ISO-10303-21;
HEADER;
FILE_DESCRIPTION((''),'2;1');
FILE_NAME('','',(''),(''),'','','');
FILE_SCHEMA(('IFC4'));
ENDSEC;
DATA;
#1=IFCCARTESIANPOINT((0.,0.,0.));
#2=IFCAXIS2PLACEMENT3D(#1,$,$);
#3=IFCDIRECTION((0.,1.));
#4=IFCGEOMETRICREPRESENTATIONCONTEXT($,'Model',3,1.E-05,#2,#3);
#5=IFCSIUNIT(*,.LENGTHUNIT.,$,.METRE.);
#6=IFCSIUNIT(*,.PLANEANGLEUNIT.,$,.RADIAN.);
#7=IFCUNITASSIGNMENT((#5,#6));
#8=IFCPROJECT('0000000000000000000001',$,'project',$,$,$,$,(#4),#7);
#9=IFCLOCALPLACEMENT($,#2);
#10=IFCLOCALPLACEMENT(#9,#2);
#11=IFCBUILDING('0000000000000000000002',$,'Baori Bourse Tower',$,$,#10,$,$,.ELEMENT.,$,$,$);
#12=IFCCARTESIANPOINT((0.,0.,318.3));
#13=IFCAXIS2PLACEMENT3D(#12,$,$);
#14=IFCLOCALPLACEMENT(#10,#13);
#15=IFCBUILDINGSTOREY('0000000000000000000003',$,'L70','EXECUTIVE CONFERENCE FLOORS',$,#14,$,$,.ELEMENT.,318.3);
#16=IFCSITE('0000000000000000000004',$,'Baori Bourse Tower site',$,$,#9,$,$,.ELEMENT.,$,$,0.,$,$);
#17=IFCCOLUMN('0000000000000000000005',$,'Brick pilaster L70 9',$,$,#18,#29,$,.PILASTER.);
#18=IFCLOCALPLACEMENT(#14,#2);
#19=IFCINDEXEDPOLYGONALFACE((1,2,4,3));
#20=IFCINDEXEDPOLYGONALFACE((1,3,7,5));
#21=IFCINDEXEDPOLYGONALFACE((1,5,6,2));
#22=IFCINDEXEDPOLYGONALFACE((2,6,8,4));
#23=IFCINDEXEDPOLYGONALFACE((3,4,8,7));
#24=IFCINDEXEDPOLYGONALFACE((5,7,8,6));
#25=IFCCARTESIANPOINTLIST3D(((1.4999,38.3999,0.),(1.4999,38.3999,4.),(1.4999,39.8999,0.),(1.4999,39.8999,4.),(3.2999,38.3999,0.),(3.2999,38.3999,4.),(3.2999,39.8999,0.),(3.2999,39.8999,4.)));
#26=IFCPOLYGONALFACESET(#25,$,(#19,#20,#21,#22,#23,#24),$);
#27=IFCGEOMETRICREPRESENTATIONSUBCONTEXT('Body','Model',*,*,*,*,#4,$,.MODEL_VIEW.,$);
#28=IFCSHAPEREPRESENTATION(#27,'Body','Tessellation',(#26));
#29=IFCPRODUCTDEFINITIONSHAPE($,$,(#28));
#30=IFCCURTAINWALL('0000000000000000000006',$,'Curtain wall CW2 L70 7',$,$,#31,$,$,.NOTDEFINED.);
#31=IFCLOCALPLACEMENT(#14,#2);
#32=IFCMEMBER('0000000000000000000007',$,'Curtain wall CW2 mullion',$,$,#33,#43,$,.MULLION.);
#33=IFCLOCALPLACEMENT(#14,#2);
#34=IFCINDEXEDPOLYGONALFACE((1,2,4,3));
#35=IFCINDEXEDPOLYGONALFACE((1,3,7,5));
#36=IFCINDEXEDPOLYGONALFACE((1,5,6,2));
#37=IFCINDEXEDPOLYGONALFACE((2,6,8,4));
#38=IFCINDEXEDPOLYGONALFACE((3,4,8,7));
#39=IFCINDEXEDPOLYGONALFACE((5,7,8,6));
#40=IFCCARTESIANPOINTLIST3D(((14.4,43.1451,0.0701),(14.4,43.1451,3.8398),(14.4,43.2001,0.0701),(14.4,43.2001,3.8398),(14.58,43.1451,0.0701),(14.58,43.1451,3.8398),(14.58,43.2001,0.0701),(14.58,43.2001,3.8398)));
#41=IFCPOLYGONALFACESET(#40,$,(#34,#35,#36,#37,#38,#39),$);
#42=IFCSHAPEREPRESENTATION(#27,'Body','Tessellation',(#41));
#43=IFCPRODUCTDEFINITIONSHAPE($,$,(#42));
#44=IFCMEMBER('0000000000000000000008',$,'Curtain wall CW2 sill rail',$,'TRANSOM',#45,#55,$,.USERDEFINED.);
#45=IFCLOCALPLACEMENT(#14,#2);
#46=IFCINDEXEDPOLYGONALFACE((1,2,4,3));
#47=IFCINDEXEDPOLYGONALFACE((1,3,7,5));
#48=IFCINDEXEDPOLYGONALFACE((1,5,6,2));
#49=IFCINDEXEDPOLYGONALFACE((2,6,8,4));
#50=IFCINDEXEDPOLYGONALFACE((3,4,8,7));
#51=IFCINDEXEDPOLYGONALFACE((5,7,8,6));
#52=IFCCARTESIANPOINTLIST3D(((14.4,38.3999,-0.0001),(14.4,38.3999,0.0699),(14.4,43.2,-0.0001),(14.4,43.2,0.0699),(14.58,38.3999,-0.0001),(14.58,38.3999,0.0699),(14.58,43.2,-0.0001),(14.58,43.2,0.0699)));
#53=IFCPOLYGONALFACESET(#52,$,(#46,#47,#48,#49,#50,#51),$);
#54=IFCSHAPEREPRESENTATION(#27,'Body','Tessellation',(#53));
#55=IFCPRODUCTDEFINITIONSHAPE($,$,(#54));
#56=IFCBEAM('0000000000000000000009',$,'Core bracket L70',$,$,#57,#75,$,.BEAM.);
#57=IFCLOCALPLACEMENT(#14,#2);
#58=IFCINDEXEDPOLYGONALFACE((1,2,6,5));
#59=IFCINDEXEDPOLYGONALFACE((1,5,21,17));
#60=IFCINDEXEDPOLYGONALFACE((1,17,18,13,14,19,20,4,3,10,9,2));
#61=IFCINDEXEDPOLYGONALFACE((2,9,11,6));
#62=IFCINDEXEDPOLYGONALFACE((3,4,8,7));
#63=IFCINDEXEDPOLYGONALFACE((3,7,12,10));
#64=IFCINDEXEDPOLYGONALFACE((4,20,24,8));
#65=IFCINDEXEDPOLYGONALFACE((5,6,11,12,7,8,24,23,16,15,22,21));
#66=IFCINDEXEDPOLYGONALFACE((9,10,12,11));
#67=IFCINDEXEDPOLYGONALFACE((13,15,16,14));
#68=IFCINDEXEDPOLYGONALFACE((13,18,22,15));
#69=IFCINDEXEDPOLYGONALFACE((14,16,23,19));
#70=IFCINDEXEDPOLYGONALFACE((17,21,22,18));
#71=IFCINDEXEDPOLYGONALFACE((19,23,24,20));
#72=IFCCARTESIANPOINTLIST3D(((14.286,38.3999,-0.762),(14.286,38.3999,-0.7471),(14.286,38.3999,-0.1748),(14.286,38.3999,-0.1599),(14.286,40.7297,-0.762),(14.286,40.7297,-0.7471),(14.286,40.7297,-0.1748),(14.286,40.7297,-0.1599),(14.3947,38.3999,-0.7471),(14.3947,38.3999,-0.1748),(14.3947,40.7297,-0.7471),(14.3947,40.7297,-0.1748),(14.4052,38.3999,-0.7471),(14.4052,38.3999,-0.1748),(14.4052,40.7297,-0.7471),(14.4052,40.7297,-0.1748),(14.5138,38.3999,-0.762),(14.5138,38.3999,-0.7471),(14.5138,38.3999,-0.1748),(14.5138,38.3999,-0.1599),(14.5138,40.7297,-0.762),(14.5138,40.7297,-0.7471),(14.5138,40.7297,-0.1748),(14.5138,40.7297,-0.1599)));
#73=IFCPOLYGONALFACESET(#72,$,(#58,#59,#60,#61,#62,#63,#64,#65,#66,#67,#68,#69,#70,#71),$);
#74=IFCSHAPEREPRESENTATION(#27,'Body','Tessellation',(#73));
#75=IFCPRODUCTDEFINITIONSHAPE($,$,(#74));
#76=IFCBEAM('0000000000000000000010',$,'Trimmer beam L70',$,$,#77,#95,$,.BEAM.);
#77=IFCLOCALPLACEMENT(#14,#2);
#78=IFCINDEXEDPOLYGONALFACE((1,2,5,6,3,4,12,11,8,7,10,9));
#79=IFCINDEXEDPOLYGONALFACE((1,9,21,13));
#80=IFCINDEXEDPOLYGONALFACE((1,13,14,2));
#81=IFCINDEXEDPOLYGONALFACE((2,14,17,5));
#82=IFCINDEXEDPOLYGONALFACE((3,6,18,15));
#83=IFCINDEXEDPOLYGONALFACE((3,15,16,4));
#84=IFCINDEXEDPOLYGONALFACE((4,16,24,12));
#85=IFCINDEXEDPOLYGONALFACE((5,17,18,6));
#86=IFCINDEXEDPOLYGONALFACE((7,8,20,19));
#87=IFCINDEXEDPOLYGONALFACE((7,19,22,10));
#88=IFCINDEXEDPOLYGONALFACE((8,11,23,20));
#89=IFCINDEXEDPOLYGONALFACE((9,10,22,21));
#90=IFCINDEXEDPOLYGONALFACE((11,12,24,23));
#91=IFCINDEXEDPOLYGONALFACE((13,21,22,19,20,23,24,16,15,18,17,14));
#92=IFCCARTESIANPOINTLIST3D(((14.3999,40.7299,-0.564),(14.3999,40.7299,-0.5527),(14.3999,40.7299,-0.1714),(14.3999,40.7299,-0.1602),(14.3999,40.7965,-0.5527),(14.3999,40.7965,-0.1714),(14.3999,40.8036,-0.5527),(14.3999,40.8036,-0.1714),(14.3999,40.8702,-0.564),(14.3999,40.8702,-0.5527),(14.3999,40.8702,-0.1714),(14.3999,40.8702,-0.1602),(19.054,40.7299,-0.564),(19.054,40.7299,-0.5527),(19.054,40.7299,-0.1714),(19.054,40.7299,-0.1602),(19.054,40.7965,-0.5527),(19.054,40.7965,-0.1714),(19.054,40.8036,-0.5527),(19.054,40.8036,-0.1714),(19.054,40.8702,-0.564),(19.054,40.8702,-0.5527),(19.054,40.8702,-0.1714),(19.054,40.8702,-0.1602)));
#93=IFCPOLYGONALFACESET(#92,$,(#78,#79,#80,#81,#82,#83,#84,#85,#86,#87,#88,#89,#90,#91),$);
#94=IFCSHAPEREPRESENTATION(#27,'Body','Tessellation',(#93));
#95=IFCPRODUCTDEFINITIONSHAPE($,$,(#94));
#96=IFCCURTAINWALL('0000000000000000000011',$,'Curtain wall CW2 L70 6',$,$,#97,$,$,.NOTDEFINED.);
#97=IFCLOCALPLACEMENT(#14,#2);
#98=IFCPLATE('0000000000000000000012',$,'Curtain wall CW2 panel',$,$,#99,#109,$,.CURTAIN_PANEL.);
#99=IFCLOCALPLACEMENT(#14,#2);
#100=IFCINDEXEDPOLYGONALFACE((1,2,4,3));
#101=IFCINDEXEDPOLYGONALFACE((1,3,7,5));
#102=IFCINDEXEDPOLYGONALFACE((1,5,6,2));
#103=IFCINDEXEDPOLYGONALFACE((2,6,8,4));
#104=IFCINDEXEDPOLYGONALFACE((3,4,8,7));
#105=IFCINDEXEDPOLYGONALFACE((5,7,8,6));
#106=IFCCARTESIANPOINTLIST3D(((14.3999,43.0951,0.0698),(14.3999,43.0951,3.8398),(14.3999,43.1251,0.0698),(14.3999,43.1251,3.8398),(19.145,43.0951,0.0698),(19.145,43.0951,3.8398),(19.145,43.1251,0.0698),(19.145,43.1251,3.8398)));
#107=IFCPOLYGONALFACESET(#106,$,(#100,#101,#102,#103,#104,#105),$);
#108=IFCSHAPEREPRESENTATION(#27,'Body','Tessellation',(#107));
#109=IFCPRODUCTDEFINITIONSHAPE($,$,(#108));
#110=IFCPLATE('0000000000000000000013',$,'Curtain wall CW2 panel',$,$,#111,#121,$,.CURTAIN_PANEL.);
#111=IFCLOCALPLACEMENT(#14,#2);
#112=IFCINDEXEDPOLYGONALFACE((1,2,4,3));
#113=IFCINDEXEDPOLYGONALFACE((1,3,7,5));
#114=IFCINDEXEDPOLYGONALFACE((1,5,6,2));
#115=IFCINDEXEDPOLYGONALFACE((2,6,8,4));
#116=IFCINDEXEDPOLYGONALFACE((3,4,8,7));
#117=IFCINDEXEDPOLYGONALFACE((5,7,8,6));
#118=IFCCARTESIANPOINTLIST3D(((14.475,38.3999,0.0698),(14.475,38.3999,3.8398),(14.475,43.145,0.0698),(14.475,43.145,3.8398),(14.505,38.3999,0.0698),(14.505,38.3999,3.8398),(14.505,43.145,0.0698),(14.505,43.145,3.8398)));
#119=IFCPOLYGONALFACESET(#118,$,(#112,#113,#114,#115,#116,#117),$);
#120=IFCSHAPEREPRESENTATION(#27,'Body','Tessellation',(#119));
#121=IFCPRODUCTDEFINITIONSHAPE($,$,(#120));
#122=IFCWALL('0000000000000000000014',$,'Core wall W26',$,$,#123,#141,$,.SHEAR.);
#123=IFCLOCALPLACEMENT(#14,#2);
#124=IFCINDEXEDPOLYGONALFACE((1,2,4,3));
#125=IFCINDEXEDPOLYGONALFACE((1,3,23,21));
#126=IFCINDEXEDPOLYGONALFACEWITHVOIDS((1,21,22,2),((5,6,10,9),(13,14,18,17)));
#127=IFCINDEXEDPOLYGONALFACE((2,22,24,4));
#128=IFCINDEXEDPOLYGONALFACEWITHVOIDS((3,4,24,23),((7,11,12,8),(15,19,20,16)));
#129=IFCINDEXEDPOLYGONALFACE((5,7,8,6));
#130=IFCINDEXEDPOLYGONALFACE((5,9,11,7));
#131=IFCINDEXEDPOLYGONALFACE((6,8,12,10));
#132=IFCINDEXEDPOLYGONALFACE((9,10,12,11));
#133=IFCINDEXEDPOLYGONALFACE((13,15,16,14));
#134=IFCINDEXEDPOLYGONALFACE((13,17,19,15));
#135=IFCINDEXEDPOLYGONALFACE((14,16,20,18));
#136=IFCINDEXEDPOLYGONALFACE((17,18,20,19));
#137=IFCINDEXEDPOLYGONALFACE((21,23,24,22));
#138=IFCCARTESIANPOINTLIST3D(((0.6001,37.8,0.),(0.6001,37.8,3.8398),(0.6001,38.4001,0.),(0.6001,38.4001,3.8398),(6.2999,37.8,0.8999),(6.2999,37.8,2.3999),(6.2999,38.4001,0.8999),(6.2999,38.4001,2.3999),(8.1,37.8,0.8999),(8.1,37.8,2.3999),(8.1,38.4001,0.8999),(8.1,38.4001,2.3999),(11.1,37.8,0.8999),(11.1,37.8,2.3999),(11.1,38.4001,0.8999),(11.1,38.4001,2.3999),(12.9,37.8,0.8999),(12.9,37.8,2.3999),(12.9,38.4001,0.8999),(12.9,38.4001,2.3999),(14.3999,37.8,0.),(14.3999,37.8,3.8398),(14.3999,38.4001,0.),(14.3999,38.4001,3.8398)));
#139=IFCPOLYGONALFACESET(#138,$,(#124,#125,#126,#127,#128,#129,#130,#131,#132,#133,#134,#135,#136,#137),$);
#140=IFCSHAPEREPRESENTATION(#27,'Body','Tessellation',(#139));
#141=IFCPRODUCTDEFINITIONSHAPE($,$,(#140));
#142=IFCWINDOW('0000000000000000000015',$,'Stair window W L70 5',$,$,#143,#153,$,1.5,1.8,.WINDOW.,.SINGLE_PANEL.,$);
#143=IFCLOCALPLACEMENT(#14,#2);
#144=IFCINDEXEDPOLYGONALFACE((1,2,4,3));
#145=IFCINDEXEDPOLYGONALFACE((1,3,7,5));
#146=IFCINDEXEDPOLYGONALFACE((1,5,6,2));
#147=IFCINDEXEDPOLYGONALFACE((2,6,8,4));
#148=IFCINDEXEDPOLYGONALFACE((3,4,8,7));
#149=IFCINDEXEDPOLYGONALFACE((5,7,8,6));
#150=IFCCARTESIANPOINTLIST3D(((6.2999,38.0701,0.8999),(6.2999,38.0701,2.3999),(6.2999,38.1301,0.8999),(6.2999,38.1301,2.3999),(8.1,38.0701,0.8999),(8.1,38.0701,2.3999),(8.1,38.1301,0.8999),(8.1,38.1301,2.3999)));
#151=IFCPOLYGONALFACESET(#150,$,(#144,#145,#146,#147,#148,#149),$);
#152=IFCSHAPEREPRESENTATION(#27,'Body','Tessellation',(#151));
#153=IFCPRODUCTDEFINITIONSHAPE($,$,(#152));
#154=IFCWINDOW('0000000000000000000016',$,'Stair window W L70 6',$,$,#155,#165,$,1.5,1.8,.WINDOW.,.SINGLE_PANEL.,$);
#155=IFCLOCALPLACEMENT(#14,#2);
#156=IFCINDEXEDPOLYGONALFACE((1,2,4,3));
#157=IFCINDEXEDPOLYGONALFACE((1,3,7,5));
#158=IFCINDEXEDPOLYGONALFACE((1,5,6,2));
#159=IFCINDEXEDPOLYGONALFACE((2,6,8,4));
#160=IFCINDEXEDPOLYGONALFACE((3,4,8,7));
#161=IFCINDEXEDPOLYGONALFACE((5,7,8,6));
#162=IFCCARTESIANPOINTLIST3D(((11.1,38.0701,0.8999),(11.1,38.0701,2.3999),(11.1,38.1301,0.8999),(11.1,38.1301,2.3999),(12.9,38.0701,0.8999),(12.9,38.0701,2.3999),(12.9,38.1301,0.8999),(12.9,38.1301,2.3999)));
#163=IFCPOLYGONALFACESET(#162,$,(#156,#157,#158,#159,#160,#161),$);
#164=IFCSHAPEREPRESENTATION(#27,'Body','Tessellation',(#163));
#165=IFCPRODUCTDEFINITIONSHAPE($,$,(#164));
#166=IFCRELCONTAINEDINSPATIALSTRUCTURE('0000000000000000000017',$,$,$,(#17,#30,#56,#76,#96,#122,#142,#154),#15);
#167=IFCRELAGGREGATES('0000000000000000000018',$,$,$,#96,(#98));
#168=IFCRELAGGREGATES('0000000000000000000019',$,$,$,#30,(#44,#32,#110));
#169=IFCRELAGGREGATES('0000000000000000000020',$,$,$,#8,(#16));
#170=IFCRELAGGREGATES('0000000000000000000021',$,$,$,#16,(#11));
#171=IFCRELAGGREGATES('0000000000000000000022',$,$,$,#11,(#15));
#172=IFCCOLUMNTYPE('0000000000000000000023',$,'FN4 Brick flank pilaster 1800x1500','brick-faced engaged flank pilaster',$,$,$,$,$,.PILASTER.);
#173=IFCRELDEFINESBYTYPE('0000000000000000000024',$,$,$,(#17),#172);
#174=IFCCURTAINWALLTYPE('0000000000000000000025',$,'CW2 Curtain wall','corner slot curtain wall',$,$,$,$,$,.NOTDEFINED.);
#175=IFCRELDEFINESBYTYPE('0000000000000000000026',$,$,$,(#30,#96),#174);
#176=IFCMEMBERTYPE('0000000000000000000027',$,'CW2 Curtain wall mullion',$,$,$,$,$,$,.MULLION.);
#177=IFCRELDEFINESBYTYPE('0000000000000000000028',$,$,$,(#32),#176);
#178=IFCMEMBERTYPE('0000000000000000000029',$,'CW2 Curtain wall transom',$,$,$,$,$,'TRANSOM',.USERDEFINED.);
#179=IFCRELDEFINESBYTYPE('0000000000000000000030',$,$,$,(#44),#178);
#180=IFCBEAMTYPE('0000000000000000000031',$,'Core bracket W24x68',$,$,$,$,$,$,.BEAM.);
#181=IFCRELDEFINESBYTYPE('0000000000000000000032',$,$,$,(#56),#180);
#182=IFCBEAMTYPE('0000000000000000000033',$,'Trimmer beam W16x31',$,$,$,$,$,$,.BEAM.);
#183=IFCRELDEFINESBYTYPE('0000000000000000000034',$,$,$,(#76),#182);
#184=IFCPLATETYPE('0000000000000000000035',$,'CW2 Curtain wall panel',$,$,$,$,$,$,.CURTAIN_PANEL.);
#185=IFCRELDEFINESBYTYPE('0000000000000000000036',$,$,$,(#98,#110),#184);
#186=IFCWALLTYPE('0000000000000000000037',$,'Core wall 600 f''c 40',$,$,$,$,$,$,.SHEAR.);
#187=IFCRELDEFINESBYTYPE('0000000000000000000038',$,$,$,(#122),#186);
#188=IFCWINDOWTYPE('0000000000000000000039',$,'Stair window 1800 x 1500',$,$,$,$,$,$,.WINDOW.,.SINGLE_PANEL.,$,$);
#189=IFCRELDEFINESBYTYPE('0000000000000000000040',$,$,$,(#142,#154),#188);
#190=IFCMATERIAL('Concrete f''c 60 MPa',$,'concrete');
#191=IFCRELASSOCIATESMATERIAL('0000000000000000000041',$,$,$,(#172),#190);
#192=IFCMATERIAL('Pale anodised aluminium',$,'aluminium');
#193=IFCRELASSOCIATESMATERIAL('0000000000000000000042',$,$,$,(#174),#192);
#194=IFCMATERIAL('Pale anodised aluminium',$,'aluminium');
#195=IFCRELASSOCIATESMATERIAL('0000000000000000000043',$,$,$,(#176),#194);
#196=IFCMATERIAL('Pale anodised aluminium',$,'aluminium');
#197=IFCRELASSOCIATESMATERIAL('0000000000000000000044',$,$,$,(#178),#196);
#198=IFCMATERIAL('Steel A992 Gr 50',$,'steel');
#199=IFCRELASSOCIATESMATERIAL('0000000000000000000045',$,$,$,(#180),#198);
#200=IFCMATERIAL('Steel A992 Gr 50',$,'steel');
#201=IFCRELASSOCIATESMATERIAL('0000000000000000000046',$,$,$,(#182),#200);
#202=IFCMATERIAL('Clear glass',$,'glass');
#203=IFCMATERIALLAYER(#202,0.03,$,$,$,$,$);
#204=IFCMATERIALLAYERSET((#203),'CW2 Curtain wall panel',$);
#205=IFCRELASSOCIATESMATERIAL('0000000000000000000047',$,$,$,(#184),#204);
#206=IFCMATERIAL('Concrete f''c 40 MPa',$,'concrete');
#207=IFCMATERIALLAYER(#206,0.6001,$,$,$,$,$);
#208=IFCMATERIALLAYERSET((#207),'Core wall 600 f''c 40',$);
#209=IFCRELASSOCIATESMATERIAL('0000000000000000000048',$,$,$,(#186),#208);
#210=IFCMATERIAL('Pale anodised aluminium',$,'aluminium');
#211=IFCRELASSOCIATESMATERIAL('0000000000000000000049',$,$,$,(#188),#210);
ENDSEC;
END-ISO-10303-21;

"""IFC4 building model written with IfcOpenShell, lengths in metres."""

from ifc_helpers import new_model, si_unit, direction, frame, frame_2d, origin, origin_2d, place, context, subcontext, project, spatial, rectangle, i_section, extrude, material, layer, layer_set, material_profile, profile_set, type_object, element, fill, aggregate, save


model = new_model("IFC4")

# Units and contexts
model_context = context("Model", 3, precision=1e-05, world=origin(), true_north=direction((0.0, 1.0)))
body_context = subcontext(model_context, "Body", "Model", "MODEL_VIEW")
ifc_project = project(units=[si_unit("LENGTHUNIT", "METRE"), si_unit("PLANEANGLEUNIT", "RADIAN")], contexts=[model_context])

# Site, building, storey
site_placement = place(None, origin())
site = spatial("IfcSite", under=ifc_project, at=site_placement, Name="Baori Bourse Tower site", CompositionType="ELEMENT", RefElevation=0.0)
building_placement = place(site_placement, origin())
building = spatial("IfcBuilding", under=site, at=building_placement, Name="Baori Bourse Tower", CompositionType="ELEMENT")
storey_placement = place(building_placement, frame((0.0, 0.0, 318.3)))
storey = spatial("IfcBuildingStorey", under=building, at=storey_placement, Name="L70", Description="EXECUTIVE CONFERENCE FLOORS", CompositionType="ELEMENT", Elevation=318.3)

# Column
ifc_material_1 = material(Name="Concrete f'c 60 MPa", Category="concrete")
ifc_material_profile_1 = material_profile(ifc_material_1, rectangle(XDim=1.8, YDim=1.5, at=origin_2d()), Name="RC 1800x1500")
ifc_profile_set_1 = profile_set([ifc_material_profile_1], Name="Concrete f'c 60 MPa")
column_type = type_object("IfcColumnType", Name="FN4 Brick flank pilaster 1800x1500", Description="brick-faced engaged flank pilaster", PredefinedType="PILASTER", material=ifc_profile_set_1)
column_placement = place(storey_placement, frame((2.3999, 39.1499, 0.0), z_axis=(0.0, 0.0, 1.0), x_axis=(1.0, 0.0, 0.0)))
element("IfcColumn", 1, at=column_placement, inside=storey, type_object=column_type, Name="Brick pilaster L70 9", PredefinedType="PILASTER", context=body_context, shape_type="SweptSolid", body=[
    extrude(rectangle(XDim=1.8, YDim=1.5, at=origin_2d()), origin(), (0.0, 0.0, 1.0), 4.0),
])

# Curtain wall, members
ifc_material_2 = material(Name="Pale anodised aluminium", Category="aluminium")
curtain_wall_type = type_object("IfcCurtainWallType", Name="CW2 Curtain wall", Description="corner slot curtain wall", PredefinedType="NOTDEFINED", material=ifc_material_2)
curtain_wall_1_placement = place(storey_placement, origin())
curtain_wall_1 = element("IfcCurtainWall", 2, at=curtain_wall_1_placement, inside=storey, type_object=curtain_wall_type, Name="Curtain wall CW2 L70 7", PredefinedType="NOTDEFINED")
ifc_material_3 = material(Name="Pale anodised aluminium", Category="aluminium")
ifc_material_profile_2 = material_profile(ifc_material_3, rectangle(XDim=0.1799, YDim=0.0549, at=origin_2d()), Name="Mullion 55x180")
ifc_profile_set_2 = profile_set([ifc_material_profile_2], Name="Pale anodised aluminium")
member_type_1 = type_object("IfcMemberType", Name="CW2 Curtain wall mullion", PredefinedType="MULLION", material=ifc_profile_set_2)
member_1_placement = place(storey_placement, frame((14.49, 43.1726, 0.0701), z_axis=(0.0, 0.0, 1.0), x_axis=(1.0, 0.0, 0.0)))
member_1 = element("IfcMember", 3, at=member_1_placement, type_object=member_type_1, Name="Curtain wall CW2 mullion", PredefinedType="MULLION", context=body_context, shape_type="SweptSolid", body=[
    extrude(rectangle(XDim=0.1799, YDim=0.0549, at=origin_2d()), origin(), (0.0, 0.0, 1.0), 3.7698),
])
ifc_material_4 = material(Name="Pale anodised aluminium", Category="aluminium")
ifc_material_profile_3 = material_profile(ifc_material_4, rectangle(XDim=0.1799, YDim=0.0701, at=origin_2d()), Name="Transom 70x180")
ifc_profile_set_3 = profile_set([ifc_material_profile_3], Name="Pale anodised aluminium")
member_type_2 = type_object("IfcMemberType", Name="CW2 Curtain wall transom", ElementType="TRANSOM", PredefinedType="USERDEFINED", material=ifc_profile_set_3)
member_2_placement = place(storey_placement, frame((14.49, 43.2, 0.0349), z_axis=(0.0, -1.0, 0.0), x_axis=(1.0, 0.0, 0.0)))
member_2 = element("IfcMember", 4, at=member_2_placement, type_object=member_type_2, Name="Curtain wall CW2 sill rail", ObjectType="TRANSOM", PredefinedType="USERDEFINED", context=body_context, shape_type="SweptSolid", body=[
    extrude(rectangle(XDim=0.1799, YDim=0.0701, at=origin_2d()), origin(), (0.0, 0.0, 1.0), 4.8),
])

# Beams
ifc_material_5 = material(Name="Steel A992 Gr 50", Category="steel")
ifc_material_profile_4 = material_profile(ifc_material_5, i_section(OverallWidth=0.2278, OverallDepth=0.6021, WebThickness=0.0105, FlangeThickness=0.0149, at=origin_2d()), Name="W24x68")
ifc_profile_set_4 = profile_set([ifc_material_profile_4], Name="Steel A992 Gr 50")
beam_type_1 = type_object("IfcBeamType", Name="Core bracket W24x68", PredefinedType="BEAM", material=ifc_profile_set_4)
beam_1_placement = place(storey_placement, frame((14.3999, 38.3999, -0.4609), z_axis=(0.0, 1.0, 0.0), x_axis=(-1.0, 0.0, 0.0)))
element("IfcBeam", 5, at=beam_1_placement, inside=storey, type_object=beam_type_1, Name="Core bracket L70", PredefinedType="BEAM", context=body_context, shape_type="SweptSolid", body=[
    extrude(i_section(OverallWidth=0.2278, OverallDepth=0.6021, WebThickness=0.0105, FlangeThickness=0.0149, at=origin_2d()), origin(), (0.0, 0.0, 1.0), 2.3298),
])
ifc_material_6 = material(Name="Steel A992 Gr 50", Category="steel")
ifc_material_profile_5 = material_profile(ifc_material_6, i_section(OverallWidth=0.1404, OverallDepth=0.4038, WebThickness=0.0071, FlangeThickness=0.0112, at=origin_2d()), Name="W16x31")
ifc_profile_set_5 = profile_set([ifc_material_profile_5], Name="Steel A992 Gr 50")
beam_type_2 = type_object("IfcBeamType", Name="Trimmer beam W16x31", PredefinedType="BEAM", material=ifc_profile_set_5)
beam_2_placement = place(storey_placement, frame((14.3999, 40.8, -0.3621), z_axis=(1.0, 0.0, 0.0), x_axis=(0.0, 1.0, 0.0)))
element("IfcBeam", 6, at=beam_2_placement, inside=storey, type_object=beam_type_2, Name="Trimmer beam L70", PredefinedType="BEAM", context=body_context, shape_type="SweptSolid", body=[
    extrude(i_section(OverallWidth=0.1404, OverallDepth=0.4038, WebThickness=0.0071, FlangeThickness=0.0112, at=origin_2d()), origin(), (0.0, 0.0, 1.0), 4.6541),
])

# Curtain wall, plate
curtain_wall_2_placement = place(storey_placement, origin())
curtain_wall_2 = element("IfcCurtainWall", 7, at=curtain_wall_2_placement, inside=storey, type_object=curtain_wall_type, Name="Curtain wall CW2 L70 6", PredefinedType="NOTDEFINED")
ifc_material_7 = material(Name="Clear glass", Category="glass")
ifc_layer_1 = layer(ifc_material_7, 0.03)
ifc_layer_set_1 = layer_set([ifc_layer_1], Name="CW2 Curtain wall panel")
plate_type = type_object("IfcPlateType", Name="CW2 Curtain wall panel", PredefinedType="CURTAIN_PANEL", material=ifc_layer_set_1)
plate_1_placement = place(storey_placement, frame((16.7725, 43.1101, 0.0698), z_axis=(0.0, 0.0, 1.0), x_axis=(-1.0, 0.0, 0.0)))
plate_1 = element("IfcPlate", 8, at=plate_1_placement, type_object=plate_type, Name="Curtain wall CW2 panel", PredefinedType="CURTAIN_PANEL", context=body_context, shape_type="SweptSolid", body=[
    extrude(rectangle(XDim=4.7451, YDim=0.03, at=origin_2d()), origin(), (0.0, 0.0, 1.0), 3.77),
])
aggregate(curtain_wall_2, [plate_1])

# Plate
plate_2_placement = place(storey_placement, frame((14.49, 40.7725, 0.0698), z_axis=(0.0, 0.0, 1.0), x_axis=(0.0, -1.0, 0.0)))
plate_2 = element("IfcPlate", 9, at=plate_2_placement, type_object=plate_type, Name="Curtain wall CW2 panel", PredefinedType="CURTAIN_PANEL", context=body_context, shape_type="SweptSolid", body=[
    extrude(rectangle(XDim=4.7451, YDim=0.03, at=origin_2d()), origin(), (0.0, 0.0, 1.0), 3.77),
])
aggregate(curtain_wall_1, [member_2, member_1, plate_2])

# Wall, openings, windows
ifc_material_8 = material(Name="Concrete f'c 40 MPa", Category="concrete")
ifc_layer_2 = layer(ifc_material_8, 0.6001)
ifc_layer_set_2 = layer_set([ifc_layer_2], Name="Core wall 600 f'c 40")
wall_type_1 = type_object("IfcWallType", Name="Core wall 600 f'c 40", PredefinedType="SHEAR", material=ifc_layer_set_2)
wall_1_placement = place(storey_placement, frame((0.6001, 38.1001, 0.0), z_axis=(0.0, 0.0, 1.0), x_axis=(1.0, 0.0, 0.0)))
wall_1 = element("IfcWall", 10, at=wall_1_placement, inside=storey, type_object=wall_type_1, Name="Core wall W26", PredefinedType="SHEAR", context=body_context, shape_type="SweptSolid", body=[
    extrude(rectangle(XDim=13.7998, YDim=0.6001, at=frame_2d((6.8999, 0.0))), origin(), (0.0, 0.0, 1.0), 3.8398),
])
opening_1_placement = place(wall_1_placement, frame((5.7, 0.0, 0.8999)))
opening_1 = element("IfcOpeningElement", 11, at=opening_1_placement, cuts=wall_1, PredefinedType="OPENING", context=body_context, shape_type="SweptSolid", body=[
    extrude(rectangle(XDim=1.8, YDim=1.5, at=frame_2d((0.8999, 0.75))), frame((0.0, 0.3101, 0.0), z_axis=(0.0, -1.0, 0.0), x_axis=(1.0, 0.0, 0.0)), (0.0, 0.0, 1.0), 0.6201),
])
opening_2_placement = place(wall_1_placement, frame((10.5, 0.0, 0.8999)))
opening_2 = element("IfcOpeningElement", 12, at=opening_2_placement, cuts=wall_1, PredefinedType="OPENING", context=body_context, shape_type="SweptSolid", body=[
    extrude(rectangle(XDim=1.8, YDim=1.5, at=frame_2d((0.8999, 0.75))), frame((0.0, 0.3101, 0.0), z_axis=(0.0, -1.0, 0.0), x_axis=(1.0, 0.0, 0.0)), (0.0, 0.0, 1.0), 0.6201),
])
ifc_material_9 = material(Name="Pale anodised aluminium", Category="aluminium")
window_type = type_object("IfcWindowType", Name="Stair window 1800 x 1500", PartitioningType="SINGLE_PANEL", PredefinedType="WINDOW", material=ifc_material_9)
window_1_placement = place(opening_1_placement, origin())
window_1 = element("IfcWindow", 13, at=window_1_placement, inside=storey, type_object=window_type, Name="Stair window W L70 5", OverallHeight=1.5, OverallWidth=1.8, PartitioningType="SINGLE_PANEL", PredefinedType="WINDOW", context=body_context, shape_type="SweptSolid", body=[
    extrude(rectangle(XDim=1.8, YDim=1.5, at=frame_2d((0.8999, 0.75))), frame((0.0, 0.03, 0.0), z_axis=(0.0, -1.0, 0.0), x_axis=(1.0, 0.0, 0.0)), (0.0, 0.0, 1.0), 0.0601),
])
fill(opening_1, window_1)
window_2_placement = place(opening_2_placement, origin())
window_2 = element("IfcWindow", 14, at=window_2_placement, inside=storey, type_object=window_type, Name="Stair window W L70 6", OverallHeight=1.5, OverallWidth=1.8, PartitioningType="SINGLE_PANEL", PredefinedType="WINDOW", context=body_context, shape_type="SweptSolid", body=[
    extrude(rectangle(XDim=1.8, YDim=1.5, at=frame_2d((0.8999, 0.75))), frame((0.0, 0.03, 0.0), z_axis=(0.0, -1.0, 0.0), x_axis=(1.0, 0.0, 0.0)), (0.0, 0.0, 1.0), 0.0601),
])
fill(opening_2, window_2)

save(model, "model.ifc")
